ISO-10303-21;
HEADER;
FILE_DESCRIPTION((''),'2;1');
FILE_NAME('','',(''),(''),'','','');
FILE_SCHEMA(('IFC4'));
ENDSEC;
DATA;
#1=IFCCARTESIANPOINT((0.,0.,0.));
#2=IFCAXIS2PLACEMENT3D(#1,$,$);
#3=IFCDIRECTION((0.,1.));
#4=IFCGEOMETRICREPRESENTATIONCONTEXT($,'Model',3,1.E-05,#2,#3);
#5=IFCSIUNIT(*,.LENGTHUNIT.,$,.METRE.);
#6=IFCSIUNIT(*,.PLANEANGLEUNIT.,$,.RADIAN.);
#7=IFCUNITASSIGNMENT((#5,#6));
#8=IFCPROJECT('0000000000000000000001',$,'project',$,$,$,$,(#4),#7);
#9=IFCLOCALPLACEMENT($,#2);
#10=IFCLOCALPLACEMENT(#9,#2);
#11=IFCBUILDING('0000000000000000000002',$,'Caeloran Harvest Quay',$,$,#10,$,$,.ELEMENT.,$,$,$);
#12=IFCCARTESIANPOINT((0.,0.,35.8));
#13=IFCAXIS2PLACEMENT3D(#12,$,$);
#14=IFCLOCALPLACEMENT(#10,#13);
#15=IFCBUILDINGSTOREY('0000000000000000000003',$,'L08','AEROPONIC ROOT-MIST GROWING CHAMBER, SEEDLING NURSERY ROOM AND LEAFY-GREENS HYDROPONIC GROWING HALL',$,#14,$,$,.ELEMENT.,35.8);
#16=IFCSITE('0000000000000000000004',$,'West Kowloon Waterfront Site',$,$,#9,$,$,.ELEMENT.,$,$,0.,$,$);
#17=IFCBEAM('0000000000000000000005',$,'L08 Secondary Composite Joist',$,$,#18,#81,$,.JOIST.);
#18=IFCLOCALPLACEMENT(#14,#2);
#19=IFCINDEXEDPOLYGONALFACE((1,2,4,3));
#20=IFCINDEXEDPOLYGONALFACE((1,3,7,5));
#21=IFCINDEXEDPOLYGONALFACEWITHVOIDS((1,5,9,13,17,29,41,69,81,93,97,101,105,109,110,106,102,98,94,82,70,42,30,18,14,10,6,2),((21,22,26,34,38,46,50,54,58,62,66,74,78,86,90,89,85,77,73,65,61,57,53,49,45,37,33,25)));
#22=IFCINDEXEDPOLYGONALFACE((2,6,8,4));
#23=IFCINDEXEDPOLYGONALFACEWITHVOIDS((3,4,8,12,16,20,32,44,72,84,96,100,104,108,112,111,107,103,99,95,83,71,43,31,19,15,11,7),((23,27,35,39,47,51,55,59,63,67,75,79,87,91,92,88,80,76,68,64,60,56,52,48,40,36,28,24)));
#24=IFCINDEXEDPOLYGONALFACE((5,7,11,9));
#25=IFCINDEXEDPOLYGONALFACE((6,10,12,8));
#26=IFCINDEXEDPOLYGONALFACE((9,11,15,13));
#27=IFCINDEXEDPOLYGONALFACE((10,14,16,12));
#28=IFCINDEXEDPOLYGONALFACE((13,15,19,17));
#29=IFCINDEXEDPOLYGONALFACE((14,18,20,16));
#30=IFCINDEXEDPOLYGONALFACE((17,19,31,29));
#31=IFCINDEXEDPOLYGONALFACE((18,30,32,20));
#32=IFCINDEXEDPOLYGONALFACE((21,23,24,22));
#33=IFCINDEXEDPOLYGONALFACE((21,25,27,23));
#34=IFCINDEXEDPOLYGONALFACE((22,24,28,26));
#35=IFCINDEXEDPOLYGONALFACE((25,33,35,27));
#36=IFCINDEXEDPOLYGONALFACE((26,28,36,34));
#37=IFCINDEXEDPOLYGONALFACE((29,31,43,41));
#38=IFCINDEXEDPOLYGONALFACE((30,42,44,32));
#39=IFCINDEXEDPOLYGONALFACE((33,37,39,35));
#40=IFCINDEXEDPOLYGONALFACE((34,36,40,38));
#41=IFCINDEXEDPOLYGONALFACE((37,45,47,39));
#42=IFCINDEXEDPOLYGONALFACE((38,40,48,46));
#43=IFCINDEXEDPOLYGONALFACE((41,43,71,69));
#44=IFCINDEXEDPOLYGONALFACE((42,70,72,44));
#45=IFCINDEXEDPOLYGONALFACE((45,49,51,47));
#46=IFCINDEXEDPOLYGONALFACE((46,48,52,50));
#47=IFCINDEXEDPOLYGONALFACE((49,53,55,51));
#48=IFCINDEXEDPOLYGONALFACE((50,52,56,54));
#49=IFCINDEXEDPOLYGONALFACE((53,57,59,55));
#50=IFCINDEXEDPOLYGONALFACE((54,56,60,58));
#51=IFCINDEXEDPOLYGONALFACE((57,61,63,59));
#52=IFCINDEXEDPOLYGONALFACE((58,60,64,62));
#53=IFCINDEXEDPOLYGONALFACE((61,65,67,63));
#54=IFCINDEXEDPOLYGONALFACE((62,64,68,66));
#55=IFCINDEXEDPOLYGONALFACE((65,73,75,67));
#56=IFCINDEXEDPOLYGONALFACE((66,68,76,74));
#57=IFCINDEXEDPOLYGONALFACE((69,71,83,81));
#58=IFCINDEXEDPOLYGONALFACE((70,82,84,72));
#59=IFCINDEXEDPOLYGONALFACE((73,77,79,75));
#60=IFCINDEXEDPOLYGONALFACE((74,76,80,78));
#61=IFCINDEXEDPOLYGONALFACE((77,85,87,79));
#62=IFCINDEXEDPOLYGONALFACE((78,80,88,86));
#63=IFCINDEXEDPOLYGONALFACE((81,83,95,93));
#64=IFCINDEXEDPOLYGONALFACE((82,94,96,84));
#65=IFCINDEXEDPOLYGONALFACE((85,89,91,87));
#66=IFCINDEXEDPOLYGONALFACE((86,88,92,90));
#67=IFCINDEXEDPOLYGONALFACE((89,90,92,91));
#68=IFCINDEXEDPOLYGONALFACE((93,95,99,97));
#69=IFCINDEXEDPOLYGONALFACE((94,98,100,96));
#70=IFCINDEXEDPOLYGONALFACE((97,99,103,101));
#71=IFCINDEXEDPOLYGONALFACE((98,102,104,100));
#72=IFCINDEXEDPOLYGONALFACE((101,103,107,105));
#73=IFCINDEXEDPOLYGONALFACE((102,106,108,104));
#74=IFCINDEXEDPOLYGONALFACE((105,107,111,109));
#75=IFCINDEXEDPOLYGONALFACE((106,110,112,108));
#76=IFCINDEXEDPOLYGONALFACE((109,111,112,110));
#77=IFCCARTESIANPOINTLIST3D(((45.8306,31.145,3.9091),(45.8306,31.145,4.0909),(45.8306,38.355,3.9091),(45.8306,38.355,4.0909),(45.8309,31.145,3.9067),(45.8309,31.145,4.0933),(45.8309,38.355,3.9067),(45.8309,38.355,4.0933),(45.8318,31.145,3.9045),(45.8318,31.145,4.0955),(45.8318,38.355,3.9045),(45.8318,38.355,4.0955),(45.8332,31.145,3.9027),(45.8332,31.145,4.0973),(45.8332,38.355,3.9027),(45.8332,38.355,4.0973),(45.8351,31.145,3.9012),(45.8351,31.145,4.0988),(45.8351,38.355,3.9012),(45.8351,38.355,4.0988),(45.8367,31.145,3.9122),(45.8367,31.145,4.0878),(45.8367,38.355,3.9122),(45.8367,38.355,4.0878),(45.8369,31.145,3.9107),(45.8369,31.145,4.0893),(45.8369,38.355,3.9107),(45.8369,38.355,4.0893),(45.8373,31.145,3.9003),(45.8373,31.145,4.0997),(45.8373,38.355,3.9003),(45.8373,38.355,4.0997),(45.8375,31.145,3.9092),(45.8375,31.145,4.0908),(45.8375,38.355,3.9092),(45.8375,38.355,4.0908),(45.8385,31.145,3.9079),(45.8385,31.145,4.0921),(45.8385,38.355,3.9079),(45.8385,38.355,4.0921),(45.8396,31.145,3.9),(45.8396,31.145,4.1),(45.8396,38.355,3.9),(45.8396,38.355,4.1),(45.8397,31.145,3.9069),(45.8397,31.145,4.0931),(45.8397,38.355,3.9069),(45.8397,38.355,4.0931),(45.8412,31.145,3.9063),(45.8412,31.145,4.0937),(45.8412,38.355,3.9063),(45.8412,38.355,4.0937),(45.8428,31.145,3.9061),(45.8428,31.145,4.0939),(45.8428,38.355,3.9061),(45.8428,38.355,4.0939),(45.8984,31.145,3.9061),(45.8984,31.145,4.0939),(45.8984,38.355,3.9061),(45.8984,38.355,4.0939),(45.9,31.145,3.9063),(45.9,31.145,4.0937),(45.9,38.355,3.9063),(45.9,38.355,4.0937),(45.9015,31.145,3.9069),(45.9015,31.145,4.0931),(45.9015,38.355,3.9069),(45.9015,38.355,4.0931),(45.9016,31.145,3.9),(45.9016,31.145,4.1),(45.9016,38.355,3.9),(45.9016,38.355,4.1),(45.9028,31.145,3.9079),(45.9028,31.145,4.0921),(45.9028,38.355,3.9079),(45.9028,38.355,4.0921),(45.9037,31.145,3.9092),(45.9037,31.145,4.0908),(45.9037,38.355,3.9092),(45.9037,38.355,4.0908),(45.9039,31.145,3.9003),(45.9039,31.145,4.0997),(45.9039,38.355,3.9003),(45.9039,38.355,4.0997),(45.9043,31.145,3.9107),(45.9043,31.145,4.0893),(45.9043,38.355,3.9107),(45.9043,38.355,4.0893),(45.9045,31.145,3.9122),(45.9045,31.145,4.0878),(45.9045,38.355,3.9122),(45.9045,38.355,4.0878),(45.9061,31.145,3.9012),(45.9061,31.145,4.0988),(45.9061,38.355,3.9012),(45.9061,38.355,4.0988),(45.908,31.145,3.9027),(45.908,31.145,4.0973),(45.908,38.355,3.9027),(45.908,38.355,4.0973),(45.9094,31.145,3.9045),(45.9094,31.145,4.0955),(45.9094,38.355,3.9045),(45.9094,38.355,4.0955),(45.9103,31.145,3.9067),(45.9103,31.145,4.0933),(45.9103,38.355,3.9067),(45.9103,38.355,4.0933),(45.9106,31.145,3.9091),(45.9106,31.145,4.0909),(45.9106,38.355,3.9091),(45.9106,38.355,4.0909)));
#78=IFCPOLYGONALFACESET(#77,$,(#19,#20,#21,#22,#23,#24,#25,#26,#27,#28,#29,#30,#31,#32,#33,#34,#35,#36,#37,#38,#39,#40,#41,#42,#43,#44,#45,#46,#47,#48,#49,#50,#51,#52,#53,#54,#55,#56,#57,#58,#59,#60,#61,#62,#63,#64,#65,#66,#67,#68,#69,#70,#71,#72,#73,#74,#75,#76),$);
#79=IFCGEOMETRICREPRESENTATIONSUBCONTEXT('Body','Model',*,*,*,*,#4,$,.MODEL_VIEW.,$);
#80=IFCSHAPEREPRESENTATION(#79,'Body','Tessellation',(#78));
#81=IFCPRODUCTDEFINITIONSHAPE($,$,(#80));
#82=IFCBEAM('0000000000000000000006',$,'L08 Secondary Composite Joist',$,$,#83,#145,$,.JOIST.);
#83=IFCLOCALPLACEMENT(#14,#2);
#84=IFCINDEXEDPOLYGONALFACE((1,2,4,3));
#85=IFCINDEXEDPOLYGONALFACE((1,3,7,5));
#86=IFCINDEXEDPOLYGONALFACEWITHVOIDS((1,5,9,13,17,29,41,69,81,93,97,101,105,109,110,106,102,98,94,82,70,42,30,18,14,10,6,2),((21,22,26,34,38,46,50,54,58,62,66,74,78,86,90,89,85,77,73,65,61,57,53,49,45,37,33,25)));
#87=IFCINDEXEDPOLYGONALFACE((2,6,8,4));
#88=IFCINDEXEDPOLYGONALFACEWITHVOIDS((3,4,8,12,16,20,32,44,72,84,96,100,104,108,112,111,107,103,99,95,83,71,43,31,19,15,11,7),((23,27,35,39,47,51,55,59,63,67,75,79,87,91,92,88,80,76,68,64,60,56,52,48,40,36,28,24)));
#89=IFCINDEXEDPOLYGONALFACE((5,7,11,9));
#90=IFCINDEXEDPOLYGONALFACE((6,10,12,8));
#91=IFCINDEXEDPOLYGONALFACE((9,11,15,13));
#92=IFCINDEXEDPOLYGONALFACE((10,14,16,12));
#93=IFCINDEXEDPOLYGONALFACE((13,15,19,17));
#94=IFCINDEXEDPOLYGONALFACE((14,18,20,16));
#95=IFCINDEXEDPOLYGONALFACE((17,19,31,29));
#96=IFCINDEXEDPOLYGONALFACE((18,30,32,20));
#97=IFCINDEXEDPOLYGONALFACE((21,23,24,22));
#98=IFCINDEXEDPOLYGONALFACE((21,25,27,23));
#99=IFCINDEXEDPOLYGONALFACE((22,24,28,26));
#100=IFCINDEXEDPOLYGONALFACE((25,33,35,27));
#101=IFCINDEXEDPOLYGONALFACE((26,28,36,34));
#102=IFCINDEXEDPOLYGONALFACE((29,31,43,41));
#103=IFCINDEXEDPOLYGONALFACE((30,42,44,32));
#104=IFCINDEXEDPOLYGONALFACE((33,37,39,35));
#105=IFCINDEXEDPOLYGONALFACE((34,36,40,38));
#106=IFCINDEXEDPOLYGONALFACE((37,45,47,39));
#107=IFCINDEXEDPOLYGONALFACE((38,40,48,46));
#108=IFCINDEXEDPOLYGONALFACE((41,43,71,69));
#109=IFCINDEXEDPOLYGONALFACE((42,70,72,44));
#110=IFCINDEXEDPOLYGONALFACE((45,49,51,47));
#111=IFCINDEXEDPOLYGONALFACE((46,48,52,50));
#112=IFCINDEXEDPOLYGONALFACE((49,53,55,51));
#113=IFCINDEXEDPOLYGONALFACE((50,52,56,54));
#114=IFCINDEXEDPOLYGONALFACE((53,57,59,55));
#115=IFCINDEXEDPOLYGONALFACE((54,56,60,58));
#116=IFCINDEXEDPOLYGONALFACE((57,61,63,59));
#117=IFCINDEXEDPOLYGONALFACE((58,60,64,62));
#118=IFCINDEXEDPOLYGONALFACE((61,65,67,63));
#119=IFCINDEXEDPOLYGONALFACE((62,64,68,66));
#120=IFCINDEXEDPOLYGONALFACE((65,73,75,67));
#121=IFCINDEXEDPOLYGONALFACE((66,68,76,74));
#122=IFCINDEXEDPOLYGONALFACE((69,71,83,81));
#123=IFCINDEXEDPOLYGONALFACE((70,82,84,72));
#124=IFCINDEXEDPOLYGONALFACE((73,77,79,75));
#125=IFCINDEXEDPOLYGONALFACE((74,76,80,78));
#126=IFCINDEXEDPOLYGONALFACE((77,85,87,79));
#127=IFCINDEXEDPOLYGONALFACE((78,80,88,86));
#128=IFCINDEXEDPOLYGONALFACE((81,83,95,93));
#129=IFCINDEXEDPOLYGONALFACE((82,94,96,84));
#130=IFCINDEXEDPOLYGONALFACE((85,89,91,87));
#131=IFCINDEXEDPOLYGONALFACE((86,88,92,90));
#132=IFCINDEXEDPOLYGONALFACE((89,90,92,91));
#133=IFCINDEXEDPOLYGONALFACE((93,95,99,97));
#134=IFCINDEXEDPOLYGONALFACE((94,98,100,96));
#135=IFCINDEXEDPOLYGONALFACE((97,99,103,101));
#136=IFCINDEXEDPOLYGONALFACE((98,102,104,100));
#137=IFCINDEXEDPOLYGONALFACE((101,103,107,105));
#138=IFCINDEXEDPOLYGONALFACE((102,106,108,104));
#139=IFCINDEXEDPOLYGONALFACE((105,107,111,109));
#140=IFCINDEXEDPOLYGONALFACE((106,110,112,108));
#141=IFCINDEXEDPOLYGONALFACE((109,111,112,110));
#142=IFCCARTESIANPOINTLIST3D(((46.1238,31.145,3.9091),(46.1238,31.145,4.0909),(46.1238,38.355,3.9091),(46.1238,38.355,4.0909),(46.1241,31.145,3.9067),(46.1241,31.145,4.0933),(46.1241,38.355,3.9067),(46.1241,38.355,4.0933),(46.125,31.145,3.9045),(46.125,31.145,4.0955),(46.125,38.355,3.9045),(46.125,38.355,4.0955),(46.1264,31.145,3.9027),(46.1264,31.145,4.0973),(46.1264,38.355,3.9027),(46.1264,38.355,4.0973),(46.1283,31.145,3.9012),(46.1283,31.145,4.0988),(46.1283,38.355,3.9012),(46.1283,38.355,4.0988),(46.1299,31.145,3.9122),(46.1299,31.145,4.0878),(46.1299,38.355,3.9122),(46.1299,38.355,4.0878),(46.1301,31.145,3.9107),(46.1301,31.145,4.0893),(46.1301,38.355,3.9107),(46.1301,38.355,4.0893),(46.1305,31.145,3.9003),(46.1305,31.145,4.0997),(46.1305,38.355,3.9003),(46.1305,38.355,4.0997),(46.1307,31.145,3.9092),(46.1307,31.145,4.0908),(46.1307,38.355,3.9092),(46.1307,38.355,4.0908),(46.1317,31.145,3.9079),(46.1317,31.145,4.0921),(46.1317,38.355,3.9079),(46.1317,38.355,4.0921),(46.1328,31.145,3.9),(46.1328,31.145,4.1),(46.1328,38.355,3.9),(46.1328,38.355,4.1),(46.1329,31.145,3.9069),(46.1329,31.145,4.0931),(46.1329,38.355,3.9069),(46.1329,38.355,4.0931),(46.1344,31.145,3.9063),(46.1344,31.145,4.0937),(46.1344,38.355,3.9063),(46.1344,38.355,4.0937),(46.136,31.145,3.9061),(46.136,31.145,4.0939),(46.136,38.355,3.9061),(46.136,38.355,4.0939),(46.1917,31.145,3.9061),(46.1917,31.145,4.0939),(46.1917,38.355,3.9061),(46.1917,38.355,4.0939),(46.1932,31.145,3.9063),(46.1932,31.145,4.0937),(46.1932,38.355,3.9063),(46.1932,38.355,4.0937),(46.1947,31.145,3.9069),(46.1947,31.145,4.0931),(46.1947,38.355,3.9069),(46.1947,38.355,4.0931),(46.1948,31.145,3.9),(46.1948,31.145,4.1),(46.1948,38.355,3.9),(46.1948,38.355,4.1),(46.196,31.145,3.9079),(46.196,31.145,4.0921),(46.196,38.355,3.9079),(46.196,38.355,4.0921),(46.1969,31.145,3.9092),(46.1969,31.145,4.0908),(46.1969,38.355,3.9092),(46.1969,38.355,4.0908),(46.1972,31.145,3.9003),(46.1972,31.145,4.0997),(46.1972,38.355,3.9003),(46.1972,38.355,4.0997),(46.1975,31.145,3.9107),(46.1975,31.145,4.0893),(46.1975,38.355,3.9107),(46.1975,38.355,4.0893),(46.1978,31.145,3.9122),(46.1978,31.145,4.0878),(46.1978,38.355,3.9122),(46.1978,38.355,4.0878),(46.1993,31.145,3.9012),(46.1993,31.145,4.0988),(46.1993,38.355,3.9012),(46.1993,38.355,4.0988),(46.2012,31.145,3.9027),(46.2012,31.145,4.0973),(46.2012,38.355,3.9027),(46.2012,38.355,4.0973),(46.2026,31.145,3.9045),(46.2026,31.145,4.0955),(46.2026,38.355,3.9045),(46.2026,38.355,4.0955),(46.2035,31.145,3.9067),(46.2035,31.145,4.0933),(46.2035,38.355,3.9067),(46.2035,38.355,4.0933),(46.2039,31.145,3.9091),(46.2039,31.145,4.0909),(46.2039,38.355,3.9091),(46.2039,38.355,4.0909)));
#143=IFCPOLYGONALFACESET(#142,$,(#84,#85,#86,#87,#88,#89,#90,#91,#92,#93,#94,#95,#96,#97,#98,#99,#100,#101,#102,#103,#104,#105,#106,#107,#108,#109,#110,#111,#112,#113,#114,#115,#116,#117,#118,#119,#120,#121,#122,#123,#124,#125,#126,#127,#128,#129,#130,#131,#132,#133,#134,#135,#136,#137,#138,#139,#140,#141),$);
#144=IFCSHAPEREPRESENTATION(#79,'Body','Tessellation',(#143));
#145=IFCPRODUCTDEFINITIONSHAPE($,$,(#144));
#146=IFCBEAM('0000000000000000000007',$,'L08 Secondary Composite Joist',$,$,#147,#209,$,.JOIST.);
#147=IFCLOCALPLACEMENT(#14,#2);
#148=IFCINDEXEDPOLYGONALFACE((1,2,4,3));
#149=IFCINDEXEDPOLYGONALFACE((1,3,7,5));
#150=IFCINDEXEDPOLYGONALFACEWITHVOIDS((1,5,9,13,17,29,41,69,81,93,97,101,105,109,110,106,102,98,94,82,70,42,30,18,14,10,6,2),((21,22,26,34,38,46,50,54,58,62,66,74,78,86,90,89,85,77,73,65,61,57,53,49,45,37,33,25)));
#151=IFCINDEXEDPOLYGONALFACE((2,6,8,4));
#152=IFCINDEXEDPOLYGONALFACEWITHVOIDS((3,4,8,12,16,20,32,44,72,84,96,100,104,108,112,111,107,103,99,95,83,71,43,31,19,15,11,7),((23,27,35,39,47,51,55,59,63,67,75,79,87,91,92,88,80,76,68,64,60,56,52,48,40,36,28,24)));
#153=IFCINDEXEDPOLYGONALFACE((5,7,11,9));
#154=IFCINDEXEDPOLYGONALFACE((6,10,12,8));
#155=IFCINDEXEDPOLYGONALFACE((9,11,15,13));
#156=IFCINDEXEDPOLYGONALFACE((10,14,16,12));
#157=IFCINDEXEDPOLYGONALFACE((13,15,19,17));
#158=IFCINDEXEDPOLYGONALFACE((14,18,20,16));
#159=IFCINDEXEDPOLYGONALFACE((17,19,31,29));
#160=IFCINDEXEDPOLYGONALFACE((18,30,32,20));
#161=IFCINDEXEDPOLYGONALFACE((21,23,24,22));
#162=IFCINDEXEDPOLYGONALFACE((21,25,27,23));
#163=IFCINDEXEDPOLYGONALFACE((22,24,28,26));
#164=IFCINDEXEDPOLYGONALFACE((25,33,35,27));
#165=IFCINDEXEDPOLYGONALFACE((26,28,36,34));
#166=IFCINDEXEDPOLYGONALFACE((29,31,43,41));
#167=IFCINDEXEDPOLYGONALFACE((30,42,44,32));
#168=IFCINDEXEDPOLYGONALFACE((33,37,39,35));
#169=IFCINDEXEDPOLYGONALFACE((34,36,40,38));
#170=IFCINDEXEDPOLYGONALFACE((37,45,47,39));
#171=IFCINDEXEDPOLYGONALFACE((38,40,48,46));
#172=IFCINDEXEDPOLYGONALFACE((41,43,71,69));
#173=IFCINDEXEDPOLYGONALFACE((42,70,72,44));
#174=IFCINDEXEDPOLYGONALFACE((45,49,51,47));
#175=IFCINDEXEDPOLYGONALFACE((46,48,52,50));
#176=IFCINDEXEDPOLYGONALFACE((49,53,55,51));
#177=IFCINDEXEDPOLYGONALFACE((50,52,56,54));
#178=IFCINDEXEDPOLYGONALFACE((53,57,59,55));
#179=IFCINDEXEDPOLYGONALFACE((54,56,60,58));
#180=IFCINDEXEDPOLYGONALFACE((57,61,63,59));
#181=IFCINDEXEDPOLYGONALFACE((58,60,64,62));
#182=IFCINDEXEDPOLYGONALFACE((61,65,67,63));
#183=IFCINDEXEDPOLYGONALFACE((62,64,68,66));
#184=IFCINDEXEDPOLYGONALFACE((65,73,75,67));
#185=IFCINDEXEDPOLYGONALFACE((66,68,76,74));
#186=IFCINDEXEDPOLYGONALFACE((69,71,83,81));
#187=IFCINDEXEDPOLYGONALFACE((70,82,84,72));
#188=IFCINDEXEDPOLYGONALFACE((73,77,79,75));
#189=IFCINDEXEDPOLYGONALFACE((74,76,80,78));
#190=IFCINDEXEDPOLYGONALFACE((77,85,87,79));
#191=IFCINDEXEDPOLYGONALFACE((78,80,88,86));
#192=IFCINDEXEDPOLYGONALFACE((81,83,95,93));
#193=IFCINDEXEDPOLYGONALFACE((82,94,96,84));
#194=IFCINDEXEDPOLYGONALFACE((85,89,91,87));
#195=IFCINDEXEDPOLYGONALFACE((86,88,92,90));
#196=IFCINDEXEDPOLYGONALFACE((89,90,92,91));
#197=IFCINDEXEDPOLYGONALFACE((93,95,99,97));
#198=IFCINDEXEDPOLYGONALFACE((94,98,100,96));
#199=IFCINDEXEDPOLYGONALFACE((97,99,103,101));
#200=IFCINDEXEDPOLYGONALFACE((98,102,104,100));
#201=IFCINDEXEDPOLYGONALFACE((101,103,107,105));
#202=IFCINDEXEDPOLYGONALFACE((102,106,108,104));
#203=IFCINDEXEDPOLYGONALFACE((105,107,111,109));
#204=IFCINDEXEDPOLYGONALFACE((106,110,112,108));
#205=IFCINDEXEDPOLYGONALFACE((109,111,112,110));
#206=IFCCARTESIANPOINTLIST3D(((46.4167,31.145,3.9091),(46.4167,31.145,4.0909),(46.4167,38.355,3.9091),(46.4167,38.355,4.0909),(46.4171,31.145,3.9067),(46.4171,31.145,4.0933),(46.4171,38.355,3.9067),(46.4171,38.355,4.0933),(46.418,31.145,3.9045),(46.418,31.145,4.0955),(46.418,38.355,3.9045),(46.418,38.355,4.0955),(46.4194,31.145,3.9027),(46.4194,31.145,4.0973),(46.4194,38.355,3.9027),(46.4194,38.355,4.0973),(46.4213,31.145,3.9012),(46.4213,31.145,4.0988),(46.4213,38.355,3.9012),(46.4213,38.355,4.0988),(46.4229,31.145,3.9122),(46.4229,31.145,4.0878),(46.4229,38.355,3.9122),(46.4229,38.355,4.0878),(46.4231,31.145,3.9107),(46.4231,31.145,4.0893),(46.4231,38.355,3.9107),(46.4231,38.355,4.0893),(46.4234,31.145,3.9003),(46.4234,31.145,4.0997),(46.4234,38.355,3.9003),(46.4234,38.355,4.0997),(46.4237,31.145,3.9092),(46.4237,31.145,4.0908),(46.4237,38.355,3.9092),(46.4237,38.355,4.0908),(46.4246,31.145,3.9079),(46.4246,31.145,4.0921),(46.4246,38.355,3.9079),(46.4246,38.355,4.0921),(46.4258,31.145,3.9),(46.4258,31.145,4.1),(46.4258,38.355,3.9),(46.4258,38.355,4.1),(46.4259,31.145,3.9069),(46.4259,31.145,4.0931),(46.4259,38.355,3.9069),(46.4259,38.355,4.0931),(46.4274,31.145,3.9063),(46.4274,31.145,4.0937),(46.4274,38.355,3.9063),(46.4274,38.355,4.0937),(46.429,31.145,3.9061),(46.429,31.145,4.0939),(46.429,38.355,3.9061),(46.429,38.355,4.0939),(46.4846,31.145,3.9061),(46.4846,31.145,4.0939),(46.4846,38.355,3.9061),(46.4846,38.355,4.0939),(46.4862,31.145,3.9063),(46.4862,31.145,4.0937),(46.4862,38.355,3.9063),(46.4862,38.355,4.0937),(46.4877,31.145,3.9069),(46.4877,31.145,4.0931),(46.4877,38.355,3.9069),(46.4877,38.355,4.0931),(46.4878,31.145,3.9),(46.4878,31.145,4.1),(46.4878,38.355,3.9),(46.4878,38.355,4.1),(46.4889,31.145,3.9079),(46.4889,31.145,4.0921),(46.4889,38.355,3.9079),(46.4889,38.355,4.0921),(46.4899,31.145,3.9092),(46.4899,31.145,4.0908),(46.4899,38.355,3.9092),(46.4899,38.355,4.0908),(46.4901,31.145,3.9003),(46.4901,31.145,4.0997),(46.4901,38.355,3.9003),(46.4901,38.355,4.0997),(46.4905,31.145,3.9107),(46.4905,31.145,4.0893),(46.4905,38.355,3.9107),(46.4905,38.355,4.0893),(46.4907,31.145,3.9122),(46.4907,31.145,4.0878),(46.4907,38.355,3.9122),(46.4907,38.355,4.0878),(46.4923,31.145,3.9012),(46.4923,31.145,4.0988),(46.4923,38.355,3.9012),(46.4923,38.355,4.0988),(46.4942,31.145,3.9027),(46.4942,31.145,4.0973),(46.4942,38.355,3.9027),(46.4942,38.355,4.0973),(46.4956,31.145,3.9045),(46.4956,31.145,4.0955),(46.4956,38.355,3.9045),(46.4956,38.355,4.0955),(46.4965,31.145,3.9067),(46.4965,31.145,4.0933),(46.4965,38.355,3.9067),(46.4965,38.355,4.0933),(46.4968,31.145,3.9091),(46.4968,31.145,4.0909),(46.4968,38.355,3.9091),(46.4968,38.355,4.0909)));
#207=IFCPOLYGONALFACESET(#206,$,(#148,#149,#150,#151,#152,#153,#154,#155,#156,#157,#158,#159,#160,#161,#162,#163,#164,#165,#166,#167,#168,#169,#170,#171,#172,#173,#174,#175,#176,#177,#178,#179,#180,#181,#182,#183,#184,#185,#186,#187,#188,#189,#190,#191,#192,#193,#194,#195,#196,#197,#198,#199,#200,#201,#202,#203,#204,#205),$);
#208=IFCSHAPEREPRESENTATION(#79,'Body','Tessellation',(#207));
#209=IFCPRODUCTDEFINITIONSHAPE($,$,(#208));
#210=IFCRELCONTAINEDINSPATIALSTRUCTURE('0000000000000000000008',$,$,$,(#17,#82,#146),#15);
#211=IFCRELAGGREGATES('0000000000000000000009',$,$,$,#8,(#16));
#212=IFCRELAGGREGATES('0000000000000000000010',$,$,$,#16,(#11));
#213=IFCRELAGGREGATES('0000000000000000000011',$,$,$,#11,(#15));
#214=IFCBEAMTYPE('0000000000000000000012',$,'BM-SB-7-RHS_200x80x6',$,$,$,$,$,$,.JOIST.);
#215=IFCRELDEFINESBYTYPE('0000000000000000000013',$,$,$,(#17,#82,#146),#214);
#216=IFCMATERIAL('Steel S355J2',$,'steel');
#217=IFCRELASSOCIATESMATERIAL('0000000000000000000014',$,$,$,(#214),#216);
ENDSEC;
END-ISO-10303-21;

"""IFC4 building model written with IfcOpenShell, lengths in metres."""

from ifc_helpers import new_model, si_unit, direction, frame, origin, origin_2d, place, context, subcontext, project, spatial, hollow_rectangle, extrude, material, material_profile, profile_set, type_object, element, save


model = new_model("IFC4")

# Units and contexts
model_context = context("Model", 3, precision=1e-05, world=origin(), true_north=direction((0.0, 1.0)))
body_context = subcontext(model_context, "Body", "Model", "MODEL_VIEW")
ifc_project = project(units=[si_unit("LENGTHUNIT", "METRE"), si_unit("PLANEANGLEUNIT", "RADIAN")], contexts=[model_context])

# Site, building, storey
site_placement = place(None, origin())
site = spatial("IfcSite", under=ifc_project, at=site_placement, Name="West Kowloon Waterfront Site", CompositionType="ELEMENT", RefElevation=0.0)
building_placement = place(site_placement, origin())
building = spatial("IfcBuilding", under=site, at=building_placement, Name="Caeloran Harvest Quay", CompositionType="ELEMENT")
storey_placement = place(building_placement, frame((0.0, 0.0, 35.8)))
storey = spatial("IfcBuildingStorey", under=building, at=storey_placement, Name="L08", Description="AEROPONIC ROOT-MIST GROWING CHAMBER, SEEDLING NURSERY ROOM AND LEAFY-GREENS HYDROPONIC GROWING HALL", CompositionType="ELEMENT", Elevation=35.8)

# Beams
ifc_material_1 = material(Name="Steel S355J2", Category="steel")
ifc_material_profile_1 = material_profile(ifc_material_1, hollow_rectangle(XDim=0.0801, YDim=0.2, WallThickness=0.0061, InnerFilletRadius=0.0061, OuterFilletRadius=0.009, at=origin_2d()), Name="RHS 200x80x6")
ifc_profile_set_1 = profile_set([ifc_material_profile_1], Name="Steel S355J2")
beam_type_1 = type_object("IfcBeamType", Name="BM-SB-7-RHS_200x80x6", PredefinedType="JOIST", material=ifc_profile_set_1)
for number, where, z_axis, x_axis, name in (
    (1, (45.8706, 31.145, 4.0), (0.0, 1.0, 0.0), (-1.0, 0.0, 0.0), "L08 Secondary Composite Joist"),
    (2, (46.1638, 31.145, 4.0), (0.0, 1.0, 0.0), (-1.0, 0.0, 0.0), "L08 Secondary Composite Joist"),
    (3, (46.4568, 31.145, 4.0), (0.0, 1.0, 0.0), (-1.0, 0.0, 0.0), "L08 Secondary Composite Joist"),
):
    element("IfcBeam", number, at=place(storey_placement, frame(where, z_axis=z_axis, x_axis=x_axis)), inside=storey, type_object=beam_type_1, Name=name, PredefinedType="JOIST", context=body_context, shape_type="SweptSolid", body=[
        extrude(hollow_rectangle(XDim=0.0801, YDim=0.2, WallThickness=0.0061, InnerFilletRadius=0.0061, OuterFilletRadius=0.009, at=origin_2d()), origin(), (0.0, 0.0, 1.0), 7.21),
    ])

save(model, "model.ifc")
